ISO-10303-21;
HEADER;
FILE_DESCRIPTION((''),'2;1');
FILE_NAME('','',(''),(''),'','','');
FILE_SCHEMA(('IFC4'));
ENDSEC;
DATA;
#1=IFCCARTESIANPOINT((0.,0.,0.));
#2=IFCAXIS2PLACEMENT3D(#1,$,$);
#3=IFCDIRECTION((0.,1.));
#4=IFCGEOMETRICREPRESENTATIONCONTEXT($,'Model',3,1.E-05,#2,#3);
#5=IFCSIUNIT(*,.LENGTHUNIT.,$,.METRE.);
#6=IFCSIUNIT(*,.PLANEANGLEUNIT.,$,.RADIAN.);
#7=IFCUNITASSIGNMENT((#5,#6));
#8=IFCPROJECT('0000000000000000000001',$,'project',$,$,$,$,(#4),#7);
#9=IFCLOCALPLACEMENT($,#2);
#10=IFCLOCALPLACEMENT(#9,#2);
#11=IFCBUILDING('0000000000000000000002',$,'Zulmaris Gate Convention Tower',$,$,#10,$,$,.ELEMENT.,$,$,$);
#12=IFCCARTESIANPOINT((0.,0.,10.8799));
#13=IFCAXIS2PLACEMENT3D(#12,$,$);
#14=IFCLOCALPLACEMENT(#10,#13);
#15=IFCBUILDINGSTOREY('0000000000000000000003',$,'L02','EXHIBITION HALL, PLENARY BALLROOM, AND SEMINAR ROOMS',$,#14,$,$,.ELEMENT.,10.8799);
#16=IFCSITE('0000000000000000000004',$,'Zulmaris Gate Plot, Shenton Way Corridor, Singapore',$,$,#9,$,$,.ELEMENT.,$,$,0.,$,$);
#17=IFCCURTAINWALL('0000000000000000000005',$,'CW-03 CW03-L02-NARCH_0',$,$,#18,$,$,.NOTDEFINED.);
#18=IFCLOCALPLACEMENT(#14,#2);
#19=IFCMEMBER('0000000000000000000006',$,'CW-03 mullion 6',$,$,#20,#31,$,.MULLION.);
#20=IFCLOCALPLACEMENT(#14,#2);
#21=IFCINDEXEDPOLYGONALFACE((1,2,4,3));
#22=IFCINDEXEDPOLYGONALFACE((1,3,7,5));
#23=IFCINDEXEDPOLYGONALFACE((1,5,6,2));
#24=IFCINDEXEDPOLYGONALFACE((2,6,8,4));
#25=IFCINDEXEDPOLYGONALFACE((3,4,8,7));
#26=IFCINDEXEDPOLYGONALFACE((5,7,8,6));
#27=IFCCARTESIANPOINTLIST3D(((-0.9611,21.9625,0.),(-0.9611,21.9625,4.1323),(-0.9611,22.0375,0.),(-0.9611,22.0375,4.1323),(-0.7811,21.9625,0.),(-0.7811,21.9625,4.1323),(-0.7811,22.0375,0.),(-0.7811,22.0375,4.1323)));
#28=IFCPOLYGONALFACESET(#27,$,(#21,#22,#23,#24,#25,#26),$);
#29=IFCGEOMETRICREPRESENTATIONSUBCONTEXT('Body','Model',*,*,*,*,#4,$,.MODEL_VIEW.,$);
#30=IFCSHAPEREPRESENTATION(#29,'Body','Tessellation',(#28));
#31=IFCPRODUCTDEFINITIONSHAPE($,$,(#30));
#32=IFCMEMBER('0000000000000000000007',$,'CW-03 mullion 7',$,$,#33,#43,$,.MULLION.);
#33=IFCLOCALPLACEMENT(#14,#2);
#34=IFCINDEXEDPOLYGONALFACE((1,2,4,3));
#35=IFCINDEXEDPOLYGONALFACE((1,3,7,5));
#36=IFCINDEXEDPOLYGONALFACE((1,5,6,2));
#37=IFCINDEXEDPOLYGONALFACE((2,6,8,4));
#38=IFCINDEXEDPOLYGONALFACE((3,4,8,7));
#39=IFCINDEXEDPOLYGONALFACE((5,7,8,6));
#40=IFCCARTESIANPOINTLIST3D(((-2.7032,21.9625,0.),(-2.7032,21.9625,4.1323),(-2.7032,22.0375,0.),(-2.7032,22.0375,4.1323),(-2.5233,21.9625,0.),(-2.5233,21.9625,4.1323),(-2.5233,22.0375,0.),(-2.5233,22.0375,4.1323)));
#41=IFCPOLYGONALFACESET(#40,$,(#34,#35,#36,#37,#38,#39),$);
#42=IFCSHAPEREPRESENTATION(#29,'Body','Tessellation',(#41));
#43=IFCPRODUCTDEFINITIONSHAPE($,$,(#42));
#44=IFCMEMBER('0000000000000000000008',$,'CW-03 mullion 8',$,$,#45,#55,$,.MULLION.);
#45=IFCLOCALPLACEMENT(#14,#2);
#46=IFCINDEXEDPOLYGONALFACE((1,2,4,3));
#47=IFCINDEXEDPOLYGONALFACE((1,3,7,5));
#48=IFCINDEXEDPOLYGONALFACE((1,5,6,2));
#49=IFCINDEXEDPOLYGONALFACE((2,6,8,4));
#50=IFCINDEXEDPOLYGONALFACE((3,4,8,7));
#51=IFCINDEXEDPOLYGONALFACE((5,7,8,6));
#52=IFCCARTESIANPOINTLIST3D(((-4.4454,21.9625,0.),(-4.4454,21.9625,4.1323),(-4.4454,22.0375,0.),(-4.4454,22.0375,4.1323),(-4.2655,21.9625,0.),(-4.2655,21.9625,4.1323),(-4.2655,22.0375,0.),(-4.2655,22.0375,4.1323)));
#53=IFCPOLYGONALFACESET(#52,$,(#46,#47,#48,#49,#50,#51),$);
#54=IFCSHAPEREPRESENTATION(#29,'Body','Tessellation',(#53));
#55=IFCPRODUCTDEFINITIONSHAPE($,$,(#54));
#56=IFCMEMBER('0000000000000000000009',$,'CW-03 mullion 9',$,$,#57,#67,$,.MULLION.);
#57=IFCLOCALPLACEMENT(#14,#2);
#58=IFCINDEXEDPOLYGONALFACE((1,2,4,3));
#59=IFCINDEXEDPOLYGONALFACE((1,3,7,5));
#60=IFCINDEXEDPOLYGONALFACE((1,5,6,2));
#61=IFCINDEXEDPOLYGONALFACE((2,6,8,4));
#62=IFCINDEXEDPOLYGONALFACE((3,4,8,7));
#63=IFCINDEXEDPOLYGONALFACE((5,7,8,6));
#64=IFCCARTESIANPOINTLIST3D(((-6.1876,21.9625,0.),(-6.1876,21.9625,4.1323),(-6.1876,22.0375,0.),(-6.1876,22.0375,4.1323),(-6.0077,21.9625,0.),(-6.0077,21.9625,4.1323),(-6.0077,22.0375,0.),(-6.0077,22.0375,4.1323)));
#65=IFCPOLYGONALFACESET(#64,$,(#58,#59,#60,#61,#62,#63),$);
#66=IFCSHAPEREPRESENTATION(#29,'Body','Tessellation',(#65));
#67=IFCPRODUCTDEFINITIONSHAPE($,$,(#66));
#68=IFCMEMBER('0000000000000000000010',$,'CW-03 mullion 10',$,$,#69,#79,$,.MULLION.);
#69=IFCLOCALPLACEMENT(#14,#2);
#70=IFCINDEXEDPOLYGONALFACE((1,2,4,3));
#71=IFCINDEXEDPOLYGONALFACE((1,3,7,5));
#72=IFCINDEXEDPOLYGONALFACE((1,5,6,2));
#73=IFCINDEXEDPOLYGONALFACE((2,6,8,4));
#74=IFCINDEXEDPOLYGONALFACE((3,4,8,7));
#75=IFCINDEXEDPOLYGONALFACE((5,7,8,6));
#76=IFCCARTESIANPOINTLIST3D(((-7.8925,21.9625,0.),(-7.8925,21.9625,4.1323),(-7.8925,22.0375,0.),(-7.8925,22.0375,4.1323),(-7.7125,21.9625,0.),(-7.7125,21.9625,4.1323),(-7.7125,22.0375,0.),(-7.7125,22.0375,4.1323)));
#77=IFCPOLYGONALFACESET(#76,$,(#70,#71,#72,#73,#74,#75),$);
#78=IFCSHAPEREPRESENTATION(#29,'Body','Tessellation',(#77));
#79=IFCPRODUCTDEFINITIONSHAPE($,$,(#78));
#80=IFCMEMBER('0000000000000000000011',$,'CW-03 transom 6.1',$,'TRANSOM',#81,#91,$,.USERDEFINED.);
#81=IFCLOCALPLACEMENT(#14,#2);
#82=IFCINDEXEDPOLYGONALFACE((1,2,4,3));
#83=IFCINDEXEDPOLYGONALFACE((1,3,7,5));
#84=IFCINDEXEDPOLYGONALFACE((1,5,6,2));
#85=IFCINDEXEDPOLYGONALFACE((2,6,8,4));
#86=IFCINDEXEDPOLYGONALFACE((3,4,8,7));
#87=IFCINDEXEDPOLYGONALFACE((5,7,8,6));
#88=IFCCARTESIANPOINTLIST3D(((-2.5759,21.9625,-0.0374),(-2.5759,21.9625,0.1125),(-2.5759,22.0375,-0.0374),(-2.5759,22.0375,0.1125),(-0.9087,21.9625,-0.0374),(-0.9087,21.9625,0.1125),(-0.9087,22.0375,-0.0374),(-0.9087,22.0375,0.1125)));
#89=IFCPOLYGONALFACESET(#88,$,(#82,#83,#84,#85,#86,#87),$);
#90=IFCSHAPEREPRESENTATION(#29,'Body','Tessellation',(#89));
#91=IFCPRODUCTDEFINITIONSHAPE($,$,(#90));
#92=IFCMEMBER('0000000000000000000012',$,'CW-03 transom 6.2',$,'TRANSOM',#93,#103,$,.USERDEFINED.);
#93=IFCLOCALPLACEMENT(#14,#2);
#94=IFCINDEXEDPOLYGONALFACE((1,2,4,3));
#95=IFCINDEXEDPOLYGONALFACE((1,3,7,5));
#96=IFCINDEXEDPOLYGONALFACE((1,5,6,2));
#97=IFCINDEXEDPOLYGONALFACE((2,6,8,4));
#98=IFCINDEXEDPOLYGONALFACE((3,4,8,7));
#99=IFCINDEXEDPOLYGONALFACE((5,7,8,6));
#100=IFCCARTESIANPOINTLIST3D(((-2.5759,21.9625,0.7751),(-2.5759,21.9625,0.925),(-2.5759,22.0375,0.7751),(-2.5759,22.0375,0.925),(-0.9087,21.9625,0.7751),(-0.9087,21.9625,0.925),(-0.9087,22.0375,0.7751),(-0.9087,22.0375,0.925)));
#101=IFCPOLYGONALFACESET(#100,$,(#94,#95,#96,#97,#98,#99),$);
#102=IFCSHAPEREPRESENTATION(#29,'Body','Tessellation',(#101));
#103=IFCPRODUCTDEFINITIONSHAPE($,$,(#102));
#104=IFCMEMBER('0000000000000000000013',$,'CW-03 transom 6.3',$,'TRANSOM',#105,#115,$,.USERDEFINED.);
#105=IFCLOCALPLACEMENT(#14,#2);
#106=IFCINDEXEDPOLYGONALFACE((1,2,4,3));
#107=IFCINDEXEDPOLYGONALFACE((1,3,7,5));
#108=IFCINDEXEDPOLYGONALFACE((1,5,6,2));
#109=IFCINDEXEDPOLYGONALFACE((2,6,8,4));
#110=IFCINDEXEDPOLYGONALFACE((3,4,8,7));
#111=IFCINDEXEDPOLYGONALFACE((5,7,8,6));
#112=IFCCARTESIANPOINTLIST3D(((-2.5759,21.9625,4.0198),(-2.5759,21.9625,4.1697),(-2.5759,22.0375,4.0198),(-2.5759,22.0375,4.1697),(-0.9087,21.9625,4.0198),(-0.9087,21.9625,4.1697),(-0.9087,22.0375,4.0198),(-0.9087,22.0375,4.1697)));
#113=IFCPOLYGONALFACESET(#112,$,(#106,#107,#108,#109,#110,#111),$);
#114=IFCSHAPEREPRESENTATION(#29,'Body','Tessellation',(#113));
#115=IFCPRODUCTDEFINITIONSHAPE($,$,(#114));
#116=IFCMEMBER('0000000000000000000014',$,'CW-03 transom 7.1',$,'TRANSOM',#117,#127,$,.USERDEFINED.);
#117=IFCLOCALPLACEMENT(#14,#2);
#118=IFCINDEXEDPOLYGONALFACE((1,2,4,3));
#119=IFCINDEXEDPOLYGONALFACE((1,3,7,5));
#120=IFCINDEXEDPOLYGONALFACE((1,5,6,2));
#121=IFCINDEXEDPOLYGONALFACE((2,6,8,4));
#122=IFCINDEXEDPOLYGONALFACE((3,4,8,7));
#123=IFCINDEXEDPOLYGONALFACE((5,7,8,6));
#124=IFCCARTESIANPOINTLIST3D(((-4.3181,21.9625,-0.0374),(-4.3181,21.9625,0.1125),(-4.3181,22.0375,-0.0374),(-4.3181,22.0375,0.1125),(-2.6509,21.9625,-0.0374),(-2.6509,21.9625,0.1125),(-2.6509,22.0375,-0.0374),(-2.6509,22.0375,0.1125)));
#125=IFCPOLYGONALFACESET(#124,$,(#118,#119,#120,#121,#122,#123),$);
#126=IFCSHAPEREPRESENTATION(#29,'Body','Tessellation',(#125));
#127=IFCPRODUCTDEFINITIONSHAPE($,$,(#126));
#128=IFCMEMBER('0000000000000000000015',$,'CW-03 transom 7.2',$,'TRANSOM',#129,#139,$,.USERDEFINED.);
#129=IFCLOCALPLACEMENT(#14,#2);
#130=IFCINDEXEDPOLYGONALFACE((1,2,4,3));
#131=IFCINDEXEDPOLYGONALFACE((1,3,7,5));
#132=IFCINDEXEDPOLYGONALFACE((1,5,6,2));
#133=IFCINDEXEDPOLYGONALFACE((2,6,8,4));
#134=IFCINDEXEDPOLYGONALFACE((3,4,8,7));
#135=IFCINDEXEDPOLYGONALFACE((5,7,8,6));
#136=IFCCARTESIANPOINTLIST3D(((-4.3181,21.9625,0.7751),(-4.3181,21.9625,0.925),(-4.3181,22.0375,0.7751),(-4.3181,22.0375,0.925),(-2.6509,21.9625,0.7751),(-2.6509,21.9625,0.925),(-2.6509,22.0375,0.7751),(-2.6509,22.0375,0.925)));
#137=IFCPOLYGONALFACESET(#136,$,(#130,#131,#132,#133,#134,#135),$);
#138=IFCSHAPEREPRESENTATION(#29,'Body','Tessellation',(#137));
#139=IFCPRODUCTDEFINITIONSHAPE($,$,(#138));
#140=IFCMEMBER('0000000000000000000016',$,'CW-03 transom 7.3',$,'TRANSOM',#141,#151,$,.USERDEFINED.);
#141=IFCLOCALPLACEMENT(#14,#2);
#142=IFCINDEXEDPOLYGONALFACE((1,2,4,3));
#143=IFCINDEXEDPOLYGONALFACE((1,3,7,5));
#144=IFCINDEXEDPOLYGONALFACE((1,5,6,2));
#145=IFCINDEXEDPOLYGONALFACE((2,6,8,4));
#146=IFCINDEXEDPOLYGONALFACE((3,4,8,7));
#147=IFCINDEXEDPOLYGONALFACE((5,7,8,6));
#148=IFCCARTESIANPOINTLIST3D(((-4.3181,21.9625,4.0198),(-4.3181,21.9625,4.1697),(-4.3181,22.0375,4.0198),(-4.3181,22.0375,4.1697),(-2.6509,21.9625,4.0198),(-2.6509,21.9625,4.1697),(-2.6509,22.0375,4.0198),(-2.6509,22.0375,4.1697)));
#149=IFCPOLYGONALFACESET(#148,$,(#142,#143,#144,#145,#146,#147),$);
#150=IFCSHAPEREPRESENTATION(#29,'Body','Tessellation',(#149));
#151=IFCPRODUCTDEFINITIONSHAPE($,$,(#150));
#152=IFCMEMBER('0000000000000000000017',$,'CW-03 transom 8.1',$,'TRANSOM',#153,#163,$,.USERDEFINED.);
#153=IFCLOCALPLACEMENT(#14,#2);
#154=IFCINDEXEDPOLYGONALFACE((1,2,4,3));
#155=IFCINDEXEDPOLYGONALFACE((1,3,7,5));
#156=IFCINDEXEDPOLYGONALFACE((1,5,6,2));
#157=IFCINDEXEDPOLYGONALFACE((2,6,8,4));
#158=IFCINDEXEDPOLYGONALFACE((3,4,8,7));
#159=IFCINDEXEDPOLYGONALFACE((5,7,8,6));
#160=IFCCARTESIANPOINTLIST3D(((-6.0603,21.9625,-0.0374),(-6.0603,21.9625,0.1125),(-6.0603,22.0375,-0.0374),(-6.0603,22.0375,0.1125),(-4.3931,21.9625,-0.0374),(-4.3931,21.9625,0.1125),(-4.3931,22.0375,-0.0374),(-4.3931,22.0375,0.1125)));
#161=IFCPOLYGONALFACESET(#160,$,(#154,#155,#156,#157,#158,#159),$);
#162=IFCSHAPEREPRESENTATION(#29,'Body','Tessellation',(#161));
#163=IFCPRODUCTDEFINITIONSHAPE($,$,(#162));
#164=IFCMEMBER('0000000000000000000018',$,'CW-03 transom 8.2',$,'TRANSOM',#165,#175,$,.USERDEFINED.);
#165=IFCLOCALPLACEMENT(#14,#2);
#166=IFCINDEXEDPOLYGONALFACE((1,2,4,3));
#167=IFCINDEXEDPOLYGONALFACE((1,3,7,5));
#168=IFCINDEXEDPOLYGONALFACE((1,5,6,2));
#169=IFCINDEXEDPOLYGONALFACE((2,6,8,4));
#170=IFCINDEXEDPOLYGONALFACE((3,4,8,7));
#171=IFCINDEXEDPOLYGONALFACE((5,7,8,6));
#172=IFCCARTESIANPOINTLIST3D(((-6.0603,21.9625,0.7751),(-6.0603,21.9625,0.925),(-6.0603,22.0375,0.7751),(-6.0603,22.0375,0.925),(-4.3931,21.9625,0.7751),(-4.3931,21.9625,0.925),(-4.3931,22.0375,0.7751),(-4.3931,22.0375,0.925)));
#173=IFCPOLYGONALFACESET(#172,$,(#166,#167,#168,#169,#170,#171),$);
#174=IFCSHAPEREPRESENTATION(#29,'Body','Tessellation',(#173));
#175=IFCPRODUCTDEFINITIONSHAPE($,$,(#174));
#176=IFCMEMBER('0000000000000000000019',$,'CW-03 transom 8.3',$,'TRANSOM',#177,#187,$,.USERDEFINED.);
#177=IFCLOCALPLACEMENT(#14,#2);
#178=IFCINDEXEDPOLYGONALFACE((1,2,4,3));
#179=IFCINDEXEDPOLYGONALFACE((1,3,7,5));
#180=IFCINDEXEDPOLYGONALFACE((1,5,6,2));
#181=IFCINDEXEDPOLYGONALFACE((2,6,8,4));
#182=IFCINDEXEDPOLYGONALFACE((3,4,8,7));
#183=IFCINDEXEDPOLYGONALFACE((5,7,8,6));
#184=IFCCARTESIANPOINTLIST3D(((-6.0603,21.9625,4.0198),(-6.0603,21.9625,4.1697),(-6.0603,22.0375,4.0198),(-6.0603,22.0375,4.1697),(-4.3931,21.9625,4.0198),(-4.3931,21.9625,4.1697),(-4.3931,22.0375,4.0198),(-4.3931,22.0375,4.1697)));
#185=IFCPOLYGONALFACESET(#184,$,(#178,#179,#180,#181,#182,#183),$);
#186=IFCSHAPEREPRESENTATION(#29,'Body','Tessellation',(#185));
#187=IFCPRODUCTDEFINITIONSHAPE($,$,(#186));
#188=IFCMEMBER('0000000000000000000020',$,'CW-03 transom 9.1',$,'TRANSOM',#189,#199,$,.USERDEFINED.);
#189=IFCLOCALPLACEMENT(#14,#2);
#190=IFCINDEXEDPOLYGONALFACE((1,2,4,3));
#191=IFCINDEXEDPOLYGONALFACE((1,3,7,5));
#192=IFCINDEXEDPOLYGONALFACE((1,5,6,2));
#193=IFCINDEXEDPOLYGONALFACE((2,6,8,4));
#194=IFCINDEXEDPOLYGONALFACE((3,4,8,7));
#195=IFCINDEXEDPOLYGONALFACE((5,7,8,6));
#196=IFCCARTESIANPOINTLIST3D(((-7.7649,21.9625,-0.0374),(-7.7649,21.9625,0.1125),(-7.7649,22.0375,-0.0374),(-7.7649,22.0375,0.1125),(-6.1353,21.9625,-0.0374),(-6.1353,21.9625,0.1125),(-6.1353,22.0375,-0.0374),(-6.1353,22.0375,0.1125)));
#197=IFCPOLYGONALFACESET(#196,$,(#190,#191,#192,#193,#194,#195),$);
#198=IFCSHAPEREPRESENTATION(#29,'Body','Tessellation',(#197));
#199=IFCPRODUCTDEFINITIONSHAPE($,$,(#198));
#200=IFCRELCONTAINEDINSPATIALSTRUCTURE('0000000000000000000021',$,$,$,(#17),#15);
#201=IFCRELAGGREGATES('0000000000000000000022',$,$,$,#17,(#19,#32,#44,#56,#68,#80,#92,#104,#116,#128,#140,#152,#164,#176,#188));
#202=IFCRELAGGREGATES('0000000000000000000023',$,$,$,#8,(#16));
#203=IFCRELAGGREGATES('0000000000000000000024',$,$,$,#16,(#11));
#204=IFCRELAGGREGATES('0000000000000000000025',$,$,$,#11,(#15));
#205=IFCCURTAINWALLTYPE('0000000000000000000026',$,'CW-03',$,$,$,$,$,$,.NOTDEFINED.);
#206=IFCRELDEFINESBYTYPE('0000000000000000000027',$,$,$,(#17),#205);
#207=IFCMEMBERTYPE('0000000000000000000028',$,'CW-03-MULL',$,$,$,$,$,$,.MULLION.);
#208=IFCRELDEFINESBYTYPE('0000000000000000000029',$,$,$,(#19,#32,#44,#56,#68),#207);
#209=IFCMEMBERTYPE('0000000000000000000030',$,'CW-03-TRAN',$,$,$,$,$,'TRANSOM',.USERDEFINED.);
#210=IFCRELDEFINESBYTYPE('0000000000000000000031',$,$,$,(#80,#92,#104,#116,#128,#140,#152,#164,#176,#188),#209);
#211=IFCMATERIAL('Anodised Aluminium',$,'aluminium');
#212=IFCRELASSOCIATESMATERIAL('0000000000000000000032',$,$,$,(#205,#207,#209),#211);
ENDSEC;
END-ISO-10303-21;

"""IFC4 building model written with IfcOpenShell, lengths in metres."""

from ifc_helpers import new_model, si_unit, direction, frame, origin, origin_2d, place, context, subcontext, project, spatial, rectangle, extrude, material, material_profile, profile_set, type_object, element, aggregate, save


model = new_model("IFC4")

# Units and contexts
model_context = context("Model", 3, precision=1e-05, world=origin(), true_north=direction((0.0, 1.0)))
body_context = subcontext(model_context, "Body", "Model", "MODEL_VIEW")
ifc_project = project(units=[si_unit("LENGTHUNIT", "METRE"), si_unit("PLANEANGLEUNIT", "RADIAN")], contexts=[model_context])

# Site, building, storey
site_placement = place(None, origin())
site = spatial("IfcSite", under=ifc_project, at=site_placement, Name="Zulmaris Gate Plot, Shenton Way Corridor, Singapore", CompositionType="ELEMENT", RefElevation=0.0)
building_placement = place(site_placement, origin())
building = spatial("IfcBuilding", under=site, at=building_placement, Name="Zulmaris Gate Convention Tower", CompositionType="ELEMENT")
storey_placement = place(building_placement, frame((0.0, 0.0, 10.8799)))
storey = spatial("IfcBuildingStorey", under=building, at=storey_placement, Name="L02", Description="EXHIBITION HALL, PLENARY BALLROOM, AND SEMINAR ROOMS", CompositionType="ELEMENT", Elevation=10.8799)

# Curtain wall, members
ifc_material_1 = material(Name="Anodised Aluminium", Category="aluminium")
curtain_wall_type = type_object("IfcCurtainWallType", Name="CW-03", PredefinedType="NOTDEFINED", material=ifc_material_1)
curtain_wall_placement = place(storey_placement, origin())
curtain_wall = element("IfcCurtainWall", 1, at=curtain_wall_placement, inside=storey, type_object=curtain_wall_type, Name="CW-03 CW03-L02-NARCH_0", PredefinedType="NOTDEFINED")
ifc_material_profile_1 = material_profile(ifc_material_1, rectangle(XDim=0.075, YDim=0.1799, at=origin_2d()), Name="ALU MULLION 75x180")
ifc_profile_set_1 = profile_set([ifc_material_profile_1], Name="Anodised Aluminium")
member_type_1 = type_object("IfcMemberType", Name="CW-03-MULL", PredefinedType="MULLION", material=ifc_profile_set_1)
member_1_placement = place(storey_placement, frame((-0.8711, 22.0, 0.0), z_axis=(0.0, 0.0, 1.0), x_axis=(0.0, -1.0, 0.0)))
member_1 = element("IfcMember", 2, at=member_1_placement, type_object=member_type_1, Name="CW-03 mullion 6", PredefinedType="MULLION", context=body_context, shape_type="SweptSolid", body=[
    extrude(rectangle(XDim=0.075, YDim=0.1799, at=origin_2d()), origin(), (0.0, 0.0, 1.0), 4.1323),
])
member_2_placement = place(storey_placement, frame((-2.6133, 22.0, 0.0), z_axis=(0.0, 0.0, 1.0), x_axis=(0.0, -1.0, 0.0)))
member_2 = element("IfcMember", 3, at=member_2_placement, type_object=member_type_1, Name="CW-03 mullion 7", PredefinedType="MULLION", context=body_context, shape_type="SweptSolid", body=[
    extrude(rectangle(XDim=0.075, YDim=0.1799, at=origin_2d()), origin(), (0.0, 0.0, 1.0), 4.1323),
])
member_3_placement = place(storey_placement, frame((-4.3555, 22.0, 0.0), z_axis=(0.0, 0.0, 1.0), x_axis=(0.0, -1.0, 0.0)))
member_3 = element("IfcMember", 4, at=member_3_placement, type_object=member_type_1, Name="CW-03 mullion 8", PredefinedType="MULLION", context=body_context, shape_type="SweptSolid", body=[
    extrude(rectangle(XDim=0.075, YDim=0.1799, at=origin_2d()), origin(), (0.0, 0.0, 1.0), 4.1323),
])
member_4_placement = place(storey_placement, frame((-6.0977, 22.0, 0.0), z_axis=(0.0, 0.0, 1.0), x_axis=(0.0, -1.0, 0.0)))
member_4 = element("IfcMember", 5, at=member_4_placement, type_object=member_type_1, Name="CW-03 mullion 9", PredefinedType="MULLION", context=body_context, shape_type="SweptSolid", body=[
    extrude(rectangle(XDim=0.075, YDim=0.1799, at=origin_2d()), origin(), (0.0, 0.0, 1.0), 4.1323),
])
member_5_placement = place(storey_placement, frame((-7.8025, 22.0, 0.0), z_axis=(0.0, 0.0, 1.0), x_axis=(0.0, -1.0, 0.0)))
member_5 = element("IfcMember", 6, at=member_5_placement, type_object=member_type_1, Name="CW-03 mullion 10", PredefinedType="MULLION", context=body_context, shape_type="SweptSolid", body=[
    extrude(rectangle(XDim=0.075, YDim=0.1799, at=origin_2d()), origin(), (0.0, 0.0, 1.0), 4.1323),
])
ifc_material_profile_2 = material_profile(ifc_material_1, rectangle(XDim=0.075, YDim=0.1499, at=origin_2d()), Name="ALU TRANSOM 75x150")
ifc_profile_set_2 = profile_set([ifc_material_profile_2], Name="Anodised Aluminium")
member_type_2 = type_object("IfcMemberType", Name="CW-03-TRAN", ElementType="TRANSOM", PredefinedType="USERDEFINED", material=ifc_profile_set_2)
member_6_placement = place(storey_placement, frame((-0.9087, 22.0, 0.0376), z_axis=(-1.0, 0.0, 0.0), x_axis=(0.0, -1.0, 0.0)))
member_6 = element("IfcMember", 7, at=member_6_placement, type_object=member_type_2, Name="CW-03 transom 6.1", ObjectType="TRANSOM", PredefinedType="USERDEFINED", context=body_context, shape_type="SweptSolid", body=[
    extrude(rectangle(XDim=0.075, YDim=0.1499, at=origin_2d()), origin(), (0.0, 0.0, 1.0), 1.6672),
])
member_7_placement = place(storey_placement, frame((-0.9087, 22.0, 0.8501), z_axis=(-1.0, 0.0, 0.0), x_axis=(0.0, -1.0, 0.0)))
member_7 = element("IfcMember", 8, at=member_7_placement, type_object=member_type_2, Name="CW-03 transom 6.2", ObjectType="TRANSOM", PredefinedType="USERDEFINED", context=body_context, shape_type="SweptSolid", body=[
    extrude(rectangle(XDim=0.075, YDim=0.1499, at=origin_2d()), origin(), (0.0, 0.0, 1.0), 1.6672),
])
member_8_placement = place(storey_placement, frame((-0.9087, 22.0, 4.0947), z_axis=(-1.0, 0.0, 0.0), x_axis=(0.0, -1.0, 0.0)))
member_8 = element("IfcMember", 9, at=member_8_placement, type_object=member_type_2, Name="CW-03 transom 6.3", ObjectType="TRANSOM", PredefinedType="USERDEFINED", context=body_context, shape_type="SweptSolid", body=[
    extrude(rectangle(XDim=0.075, YDim=0.1499, at=origin_2d()), origin(), (0.0, 0.0, 1.0), 1.6672),
])
member_9_placement = place(storey_placement, frame((-2.6509, 22.0, 0.0376), z_axis=(-1.0, 0.0, 0.0), x_axis=(0.0, -1.0, 0.0)))
member_9 = element("IfcMember", 10, at=member_9_placement, type_object=member_type_2, Name="CW-03 transom 7.1", ObjectType="TRANSOM", PredefinedType="USERDEFINED", context=body_context, shape_type="SweptSolid", body=[
    extrude(rectangle(XDim=0.075, YDim=0.1499, at=origin_2d()), origin(), (0.0, 0.0, 1.0), 1.6672),
])
member_10_placement = place(storey_placement, frame((-2.6509, 22.0, 0.8501), z_axis=(-1.0, 0.0, 0.0), x_axis=(0.0, -1.0, 0.0)))
member_10 = element("IfcMember", 11, at=member_10_placement, type_object=member_type_2, Name="CW-03 transom 7.2", ObjectType="TRANSOM", PredefinedType="USERDEFINED", context=body_context, shape_type="SweptSolid", body=[
    extrude(rectangle(XDim=0.075, YDim=0.1499, at=origin_2d()), origin(), (0.0, 0.0, 1.0), 1.6672),
])
member_11_placement = place(storey_placement, frame((-2.6509, 22.0, 4.0947), z_axis=(-1.0, 0.0, 0.0), x_axis=(0.0, -1.0, 0.0)))
member_11 = element("IfcMember", 12, at=member_11_placement, type_object=member_type_2, Name="CW-03 transom 7.3", ObjectType="TRANSOM", PredefinedType="USERDEFINED", context=body_context, shape_type="SweptSolid", body=[
    extrude(rectangle(XDim=0.075, YDim=0.1499, at=origin_2d()), origin(), (0.0, 0.0, 1.0), 1.6672),
])
member_12_placement = place(storey_placement, frame((-4.3931, 22.0, 0.0376), z_axis=(-1.0, 0.0, 0.0), x_axis=(0.0, -1.0, 0.0)))
member_12 = element("IfcMember", 13, at=member_12_placement, type_object=member_type_2, Name="CW-03 transom 8.1", ObjectType="TRANSOM", PredefinedType="USERDEFINED", context=body_context, shape_type="SweptSolid", body=[
    extrude(rectangle(XDim=0.075, YDim=0.1499, at=origin_2d()), origin(), (0.0, 0.0, 1.0), 1.6672),
])
member_13_placement = place(storey_placement, frame((-4.3931, 22.0, 0.8501), z_axis=(-1.0, 0.0, 0.0), x_axis=(0.0, -1.0, 0.0)))
member_13 = element("IfcMember", 14, at=member_13_placement, type_object=member_type_2, Name="CW-03 transom 8.2", ObjectType="TRANSOM", PredefinedType="USERDEFINED", context=body_context, shape_type="SweptSolid", body=[
    extrude(rectangle(XDim=0.075, YDim=0.1499, at=origin_2d()), origin(), (0.0, 0.0, 1.0), 1.6672),
])
member_14_placement = place(storey_placement, frame((-4.3931, 22.0, 4.0947), z_axis=(-1.0, 0.0, 0.0), x_axis=(0.0, -1.0, 0.0)))
member_14 = element("IfcMember", 15, at=member_14_placement, type_object=member_type_2, Name="CW-03 transom 8.3", ObjectType="TRANSOM", PredefinedType="USERDEFINED", context=body_context, shape_type="SweptSolid", body=[
    extrude(rectangle(XDim=0.075, YDim=0.1499, at=origin_2d()), origin(), (0.0, 0.0, 1.0), 1.6672),
])
member_15_placement = place(storey_placement, frame((-6.1353, 22.0, 0.0376), z_axis=(-1.0, 0.0, 0.0), x_axis=(0.0, -1.0, 0.0)))
member_15 = element("IfcMember", 16, at=member_15_placement, type_object=member_type_2, Name="CW-03 transom 9.1", ObjectType="TRANSOM", PredefinedType="USERDEFINED", context=body_context, shape_type="SweptSolid", body=[
    extrude(rectangle(XDim=0.075, YDim=0.1499, at=origin_2d()), origin(), (0.0, 0.0, 1.0), 1.6296),
])
aggregate(curtain_wall, [member_1, member_2, member_3, member_4, member_5, member_6, member_7, member_8, member_9, member_10, member_11, member_12, member_13, member_14, member_15])

save(model, "model.ifc")
